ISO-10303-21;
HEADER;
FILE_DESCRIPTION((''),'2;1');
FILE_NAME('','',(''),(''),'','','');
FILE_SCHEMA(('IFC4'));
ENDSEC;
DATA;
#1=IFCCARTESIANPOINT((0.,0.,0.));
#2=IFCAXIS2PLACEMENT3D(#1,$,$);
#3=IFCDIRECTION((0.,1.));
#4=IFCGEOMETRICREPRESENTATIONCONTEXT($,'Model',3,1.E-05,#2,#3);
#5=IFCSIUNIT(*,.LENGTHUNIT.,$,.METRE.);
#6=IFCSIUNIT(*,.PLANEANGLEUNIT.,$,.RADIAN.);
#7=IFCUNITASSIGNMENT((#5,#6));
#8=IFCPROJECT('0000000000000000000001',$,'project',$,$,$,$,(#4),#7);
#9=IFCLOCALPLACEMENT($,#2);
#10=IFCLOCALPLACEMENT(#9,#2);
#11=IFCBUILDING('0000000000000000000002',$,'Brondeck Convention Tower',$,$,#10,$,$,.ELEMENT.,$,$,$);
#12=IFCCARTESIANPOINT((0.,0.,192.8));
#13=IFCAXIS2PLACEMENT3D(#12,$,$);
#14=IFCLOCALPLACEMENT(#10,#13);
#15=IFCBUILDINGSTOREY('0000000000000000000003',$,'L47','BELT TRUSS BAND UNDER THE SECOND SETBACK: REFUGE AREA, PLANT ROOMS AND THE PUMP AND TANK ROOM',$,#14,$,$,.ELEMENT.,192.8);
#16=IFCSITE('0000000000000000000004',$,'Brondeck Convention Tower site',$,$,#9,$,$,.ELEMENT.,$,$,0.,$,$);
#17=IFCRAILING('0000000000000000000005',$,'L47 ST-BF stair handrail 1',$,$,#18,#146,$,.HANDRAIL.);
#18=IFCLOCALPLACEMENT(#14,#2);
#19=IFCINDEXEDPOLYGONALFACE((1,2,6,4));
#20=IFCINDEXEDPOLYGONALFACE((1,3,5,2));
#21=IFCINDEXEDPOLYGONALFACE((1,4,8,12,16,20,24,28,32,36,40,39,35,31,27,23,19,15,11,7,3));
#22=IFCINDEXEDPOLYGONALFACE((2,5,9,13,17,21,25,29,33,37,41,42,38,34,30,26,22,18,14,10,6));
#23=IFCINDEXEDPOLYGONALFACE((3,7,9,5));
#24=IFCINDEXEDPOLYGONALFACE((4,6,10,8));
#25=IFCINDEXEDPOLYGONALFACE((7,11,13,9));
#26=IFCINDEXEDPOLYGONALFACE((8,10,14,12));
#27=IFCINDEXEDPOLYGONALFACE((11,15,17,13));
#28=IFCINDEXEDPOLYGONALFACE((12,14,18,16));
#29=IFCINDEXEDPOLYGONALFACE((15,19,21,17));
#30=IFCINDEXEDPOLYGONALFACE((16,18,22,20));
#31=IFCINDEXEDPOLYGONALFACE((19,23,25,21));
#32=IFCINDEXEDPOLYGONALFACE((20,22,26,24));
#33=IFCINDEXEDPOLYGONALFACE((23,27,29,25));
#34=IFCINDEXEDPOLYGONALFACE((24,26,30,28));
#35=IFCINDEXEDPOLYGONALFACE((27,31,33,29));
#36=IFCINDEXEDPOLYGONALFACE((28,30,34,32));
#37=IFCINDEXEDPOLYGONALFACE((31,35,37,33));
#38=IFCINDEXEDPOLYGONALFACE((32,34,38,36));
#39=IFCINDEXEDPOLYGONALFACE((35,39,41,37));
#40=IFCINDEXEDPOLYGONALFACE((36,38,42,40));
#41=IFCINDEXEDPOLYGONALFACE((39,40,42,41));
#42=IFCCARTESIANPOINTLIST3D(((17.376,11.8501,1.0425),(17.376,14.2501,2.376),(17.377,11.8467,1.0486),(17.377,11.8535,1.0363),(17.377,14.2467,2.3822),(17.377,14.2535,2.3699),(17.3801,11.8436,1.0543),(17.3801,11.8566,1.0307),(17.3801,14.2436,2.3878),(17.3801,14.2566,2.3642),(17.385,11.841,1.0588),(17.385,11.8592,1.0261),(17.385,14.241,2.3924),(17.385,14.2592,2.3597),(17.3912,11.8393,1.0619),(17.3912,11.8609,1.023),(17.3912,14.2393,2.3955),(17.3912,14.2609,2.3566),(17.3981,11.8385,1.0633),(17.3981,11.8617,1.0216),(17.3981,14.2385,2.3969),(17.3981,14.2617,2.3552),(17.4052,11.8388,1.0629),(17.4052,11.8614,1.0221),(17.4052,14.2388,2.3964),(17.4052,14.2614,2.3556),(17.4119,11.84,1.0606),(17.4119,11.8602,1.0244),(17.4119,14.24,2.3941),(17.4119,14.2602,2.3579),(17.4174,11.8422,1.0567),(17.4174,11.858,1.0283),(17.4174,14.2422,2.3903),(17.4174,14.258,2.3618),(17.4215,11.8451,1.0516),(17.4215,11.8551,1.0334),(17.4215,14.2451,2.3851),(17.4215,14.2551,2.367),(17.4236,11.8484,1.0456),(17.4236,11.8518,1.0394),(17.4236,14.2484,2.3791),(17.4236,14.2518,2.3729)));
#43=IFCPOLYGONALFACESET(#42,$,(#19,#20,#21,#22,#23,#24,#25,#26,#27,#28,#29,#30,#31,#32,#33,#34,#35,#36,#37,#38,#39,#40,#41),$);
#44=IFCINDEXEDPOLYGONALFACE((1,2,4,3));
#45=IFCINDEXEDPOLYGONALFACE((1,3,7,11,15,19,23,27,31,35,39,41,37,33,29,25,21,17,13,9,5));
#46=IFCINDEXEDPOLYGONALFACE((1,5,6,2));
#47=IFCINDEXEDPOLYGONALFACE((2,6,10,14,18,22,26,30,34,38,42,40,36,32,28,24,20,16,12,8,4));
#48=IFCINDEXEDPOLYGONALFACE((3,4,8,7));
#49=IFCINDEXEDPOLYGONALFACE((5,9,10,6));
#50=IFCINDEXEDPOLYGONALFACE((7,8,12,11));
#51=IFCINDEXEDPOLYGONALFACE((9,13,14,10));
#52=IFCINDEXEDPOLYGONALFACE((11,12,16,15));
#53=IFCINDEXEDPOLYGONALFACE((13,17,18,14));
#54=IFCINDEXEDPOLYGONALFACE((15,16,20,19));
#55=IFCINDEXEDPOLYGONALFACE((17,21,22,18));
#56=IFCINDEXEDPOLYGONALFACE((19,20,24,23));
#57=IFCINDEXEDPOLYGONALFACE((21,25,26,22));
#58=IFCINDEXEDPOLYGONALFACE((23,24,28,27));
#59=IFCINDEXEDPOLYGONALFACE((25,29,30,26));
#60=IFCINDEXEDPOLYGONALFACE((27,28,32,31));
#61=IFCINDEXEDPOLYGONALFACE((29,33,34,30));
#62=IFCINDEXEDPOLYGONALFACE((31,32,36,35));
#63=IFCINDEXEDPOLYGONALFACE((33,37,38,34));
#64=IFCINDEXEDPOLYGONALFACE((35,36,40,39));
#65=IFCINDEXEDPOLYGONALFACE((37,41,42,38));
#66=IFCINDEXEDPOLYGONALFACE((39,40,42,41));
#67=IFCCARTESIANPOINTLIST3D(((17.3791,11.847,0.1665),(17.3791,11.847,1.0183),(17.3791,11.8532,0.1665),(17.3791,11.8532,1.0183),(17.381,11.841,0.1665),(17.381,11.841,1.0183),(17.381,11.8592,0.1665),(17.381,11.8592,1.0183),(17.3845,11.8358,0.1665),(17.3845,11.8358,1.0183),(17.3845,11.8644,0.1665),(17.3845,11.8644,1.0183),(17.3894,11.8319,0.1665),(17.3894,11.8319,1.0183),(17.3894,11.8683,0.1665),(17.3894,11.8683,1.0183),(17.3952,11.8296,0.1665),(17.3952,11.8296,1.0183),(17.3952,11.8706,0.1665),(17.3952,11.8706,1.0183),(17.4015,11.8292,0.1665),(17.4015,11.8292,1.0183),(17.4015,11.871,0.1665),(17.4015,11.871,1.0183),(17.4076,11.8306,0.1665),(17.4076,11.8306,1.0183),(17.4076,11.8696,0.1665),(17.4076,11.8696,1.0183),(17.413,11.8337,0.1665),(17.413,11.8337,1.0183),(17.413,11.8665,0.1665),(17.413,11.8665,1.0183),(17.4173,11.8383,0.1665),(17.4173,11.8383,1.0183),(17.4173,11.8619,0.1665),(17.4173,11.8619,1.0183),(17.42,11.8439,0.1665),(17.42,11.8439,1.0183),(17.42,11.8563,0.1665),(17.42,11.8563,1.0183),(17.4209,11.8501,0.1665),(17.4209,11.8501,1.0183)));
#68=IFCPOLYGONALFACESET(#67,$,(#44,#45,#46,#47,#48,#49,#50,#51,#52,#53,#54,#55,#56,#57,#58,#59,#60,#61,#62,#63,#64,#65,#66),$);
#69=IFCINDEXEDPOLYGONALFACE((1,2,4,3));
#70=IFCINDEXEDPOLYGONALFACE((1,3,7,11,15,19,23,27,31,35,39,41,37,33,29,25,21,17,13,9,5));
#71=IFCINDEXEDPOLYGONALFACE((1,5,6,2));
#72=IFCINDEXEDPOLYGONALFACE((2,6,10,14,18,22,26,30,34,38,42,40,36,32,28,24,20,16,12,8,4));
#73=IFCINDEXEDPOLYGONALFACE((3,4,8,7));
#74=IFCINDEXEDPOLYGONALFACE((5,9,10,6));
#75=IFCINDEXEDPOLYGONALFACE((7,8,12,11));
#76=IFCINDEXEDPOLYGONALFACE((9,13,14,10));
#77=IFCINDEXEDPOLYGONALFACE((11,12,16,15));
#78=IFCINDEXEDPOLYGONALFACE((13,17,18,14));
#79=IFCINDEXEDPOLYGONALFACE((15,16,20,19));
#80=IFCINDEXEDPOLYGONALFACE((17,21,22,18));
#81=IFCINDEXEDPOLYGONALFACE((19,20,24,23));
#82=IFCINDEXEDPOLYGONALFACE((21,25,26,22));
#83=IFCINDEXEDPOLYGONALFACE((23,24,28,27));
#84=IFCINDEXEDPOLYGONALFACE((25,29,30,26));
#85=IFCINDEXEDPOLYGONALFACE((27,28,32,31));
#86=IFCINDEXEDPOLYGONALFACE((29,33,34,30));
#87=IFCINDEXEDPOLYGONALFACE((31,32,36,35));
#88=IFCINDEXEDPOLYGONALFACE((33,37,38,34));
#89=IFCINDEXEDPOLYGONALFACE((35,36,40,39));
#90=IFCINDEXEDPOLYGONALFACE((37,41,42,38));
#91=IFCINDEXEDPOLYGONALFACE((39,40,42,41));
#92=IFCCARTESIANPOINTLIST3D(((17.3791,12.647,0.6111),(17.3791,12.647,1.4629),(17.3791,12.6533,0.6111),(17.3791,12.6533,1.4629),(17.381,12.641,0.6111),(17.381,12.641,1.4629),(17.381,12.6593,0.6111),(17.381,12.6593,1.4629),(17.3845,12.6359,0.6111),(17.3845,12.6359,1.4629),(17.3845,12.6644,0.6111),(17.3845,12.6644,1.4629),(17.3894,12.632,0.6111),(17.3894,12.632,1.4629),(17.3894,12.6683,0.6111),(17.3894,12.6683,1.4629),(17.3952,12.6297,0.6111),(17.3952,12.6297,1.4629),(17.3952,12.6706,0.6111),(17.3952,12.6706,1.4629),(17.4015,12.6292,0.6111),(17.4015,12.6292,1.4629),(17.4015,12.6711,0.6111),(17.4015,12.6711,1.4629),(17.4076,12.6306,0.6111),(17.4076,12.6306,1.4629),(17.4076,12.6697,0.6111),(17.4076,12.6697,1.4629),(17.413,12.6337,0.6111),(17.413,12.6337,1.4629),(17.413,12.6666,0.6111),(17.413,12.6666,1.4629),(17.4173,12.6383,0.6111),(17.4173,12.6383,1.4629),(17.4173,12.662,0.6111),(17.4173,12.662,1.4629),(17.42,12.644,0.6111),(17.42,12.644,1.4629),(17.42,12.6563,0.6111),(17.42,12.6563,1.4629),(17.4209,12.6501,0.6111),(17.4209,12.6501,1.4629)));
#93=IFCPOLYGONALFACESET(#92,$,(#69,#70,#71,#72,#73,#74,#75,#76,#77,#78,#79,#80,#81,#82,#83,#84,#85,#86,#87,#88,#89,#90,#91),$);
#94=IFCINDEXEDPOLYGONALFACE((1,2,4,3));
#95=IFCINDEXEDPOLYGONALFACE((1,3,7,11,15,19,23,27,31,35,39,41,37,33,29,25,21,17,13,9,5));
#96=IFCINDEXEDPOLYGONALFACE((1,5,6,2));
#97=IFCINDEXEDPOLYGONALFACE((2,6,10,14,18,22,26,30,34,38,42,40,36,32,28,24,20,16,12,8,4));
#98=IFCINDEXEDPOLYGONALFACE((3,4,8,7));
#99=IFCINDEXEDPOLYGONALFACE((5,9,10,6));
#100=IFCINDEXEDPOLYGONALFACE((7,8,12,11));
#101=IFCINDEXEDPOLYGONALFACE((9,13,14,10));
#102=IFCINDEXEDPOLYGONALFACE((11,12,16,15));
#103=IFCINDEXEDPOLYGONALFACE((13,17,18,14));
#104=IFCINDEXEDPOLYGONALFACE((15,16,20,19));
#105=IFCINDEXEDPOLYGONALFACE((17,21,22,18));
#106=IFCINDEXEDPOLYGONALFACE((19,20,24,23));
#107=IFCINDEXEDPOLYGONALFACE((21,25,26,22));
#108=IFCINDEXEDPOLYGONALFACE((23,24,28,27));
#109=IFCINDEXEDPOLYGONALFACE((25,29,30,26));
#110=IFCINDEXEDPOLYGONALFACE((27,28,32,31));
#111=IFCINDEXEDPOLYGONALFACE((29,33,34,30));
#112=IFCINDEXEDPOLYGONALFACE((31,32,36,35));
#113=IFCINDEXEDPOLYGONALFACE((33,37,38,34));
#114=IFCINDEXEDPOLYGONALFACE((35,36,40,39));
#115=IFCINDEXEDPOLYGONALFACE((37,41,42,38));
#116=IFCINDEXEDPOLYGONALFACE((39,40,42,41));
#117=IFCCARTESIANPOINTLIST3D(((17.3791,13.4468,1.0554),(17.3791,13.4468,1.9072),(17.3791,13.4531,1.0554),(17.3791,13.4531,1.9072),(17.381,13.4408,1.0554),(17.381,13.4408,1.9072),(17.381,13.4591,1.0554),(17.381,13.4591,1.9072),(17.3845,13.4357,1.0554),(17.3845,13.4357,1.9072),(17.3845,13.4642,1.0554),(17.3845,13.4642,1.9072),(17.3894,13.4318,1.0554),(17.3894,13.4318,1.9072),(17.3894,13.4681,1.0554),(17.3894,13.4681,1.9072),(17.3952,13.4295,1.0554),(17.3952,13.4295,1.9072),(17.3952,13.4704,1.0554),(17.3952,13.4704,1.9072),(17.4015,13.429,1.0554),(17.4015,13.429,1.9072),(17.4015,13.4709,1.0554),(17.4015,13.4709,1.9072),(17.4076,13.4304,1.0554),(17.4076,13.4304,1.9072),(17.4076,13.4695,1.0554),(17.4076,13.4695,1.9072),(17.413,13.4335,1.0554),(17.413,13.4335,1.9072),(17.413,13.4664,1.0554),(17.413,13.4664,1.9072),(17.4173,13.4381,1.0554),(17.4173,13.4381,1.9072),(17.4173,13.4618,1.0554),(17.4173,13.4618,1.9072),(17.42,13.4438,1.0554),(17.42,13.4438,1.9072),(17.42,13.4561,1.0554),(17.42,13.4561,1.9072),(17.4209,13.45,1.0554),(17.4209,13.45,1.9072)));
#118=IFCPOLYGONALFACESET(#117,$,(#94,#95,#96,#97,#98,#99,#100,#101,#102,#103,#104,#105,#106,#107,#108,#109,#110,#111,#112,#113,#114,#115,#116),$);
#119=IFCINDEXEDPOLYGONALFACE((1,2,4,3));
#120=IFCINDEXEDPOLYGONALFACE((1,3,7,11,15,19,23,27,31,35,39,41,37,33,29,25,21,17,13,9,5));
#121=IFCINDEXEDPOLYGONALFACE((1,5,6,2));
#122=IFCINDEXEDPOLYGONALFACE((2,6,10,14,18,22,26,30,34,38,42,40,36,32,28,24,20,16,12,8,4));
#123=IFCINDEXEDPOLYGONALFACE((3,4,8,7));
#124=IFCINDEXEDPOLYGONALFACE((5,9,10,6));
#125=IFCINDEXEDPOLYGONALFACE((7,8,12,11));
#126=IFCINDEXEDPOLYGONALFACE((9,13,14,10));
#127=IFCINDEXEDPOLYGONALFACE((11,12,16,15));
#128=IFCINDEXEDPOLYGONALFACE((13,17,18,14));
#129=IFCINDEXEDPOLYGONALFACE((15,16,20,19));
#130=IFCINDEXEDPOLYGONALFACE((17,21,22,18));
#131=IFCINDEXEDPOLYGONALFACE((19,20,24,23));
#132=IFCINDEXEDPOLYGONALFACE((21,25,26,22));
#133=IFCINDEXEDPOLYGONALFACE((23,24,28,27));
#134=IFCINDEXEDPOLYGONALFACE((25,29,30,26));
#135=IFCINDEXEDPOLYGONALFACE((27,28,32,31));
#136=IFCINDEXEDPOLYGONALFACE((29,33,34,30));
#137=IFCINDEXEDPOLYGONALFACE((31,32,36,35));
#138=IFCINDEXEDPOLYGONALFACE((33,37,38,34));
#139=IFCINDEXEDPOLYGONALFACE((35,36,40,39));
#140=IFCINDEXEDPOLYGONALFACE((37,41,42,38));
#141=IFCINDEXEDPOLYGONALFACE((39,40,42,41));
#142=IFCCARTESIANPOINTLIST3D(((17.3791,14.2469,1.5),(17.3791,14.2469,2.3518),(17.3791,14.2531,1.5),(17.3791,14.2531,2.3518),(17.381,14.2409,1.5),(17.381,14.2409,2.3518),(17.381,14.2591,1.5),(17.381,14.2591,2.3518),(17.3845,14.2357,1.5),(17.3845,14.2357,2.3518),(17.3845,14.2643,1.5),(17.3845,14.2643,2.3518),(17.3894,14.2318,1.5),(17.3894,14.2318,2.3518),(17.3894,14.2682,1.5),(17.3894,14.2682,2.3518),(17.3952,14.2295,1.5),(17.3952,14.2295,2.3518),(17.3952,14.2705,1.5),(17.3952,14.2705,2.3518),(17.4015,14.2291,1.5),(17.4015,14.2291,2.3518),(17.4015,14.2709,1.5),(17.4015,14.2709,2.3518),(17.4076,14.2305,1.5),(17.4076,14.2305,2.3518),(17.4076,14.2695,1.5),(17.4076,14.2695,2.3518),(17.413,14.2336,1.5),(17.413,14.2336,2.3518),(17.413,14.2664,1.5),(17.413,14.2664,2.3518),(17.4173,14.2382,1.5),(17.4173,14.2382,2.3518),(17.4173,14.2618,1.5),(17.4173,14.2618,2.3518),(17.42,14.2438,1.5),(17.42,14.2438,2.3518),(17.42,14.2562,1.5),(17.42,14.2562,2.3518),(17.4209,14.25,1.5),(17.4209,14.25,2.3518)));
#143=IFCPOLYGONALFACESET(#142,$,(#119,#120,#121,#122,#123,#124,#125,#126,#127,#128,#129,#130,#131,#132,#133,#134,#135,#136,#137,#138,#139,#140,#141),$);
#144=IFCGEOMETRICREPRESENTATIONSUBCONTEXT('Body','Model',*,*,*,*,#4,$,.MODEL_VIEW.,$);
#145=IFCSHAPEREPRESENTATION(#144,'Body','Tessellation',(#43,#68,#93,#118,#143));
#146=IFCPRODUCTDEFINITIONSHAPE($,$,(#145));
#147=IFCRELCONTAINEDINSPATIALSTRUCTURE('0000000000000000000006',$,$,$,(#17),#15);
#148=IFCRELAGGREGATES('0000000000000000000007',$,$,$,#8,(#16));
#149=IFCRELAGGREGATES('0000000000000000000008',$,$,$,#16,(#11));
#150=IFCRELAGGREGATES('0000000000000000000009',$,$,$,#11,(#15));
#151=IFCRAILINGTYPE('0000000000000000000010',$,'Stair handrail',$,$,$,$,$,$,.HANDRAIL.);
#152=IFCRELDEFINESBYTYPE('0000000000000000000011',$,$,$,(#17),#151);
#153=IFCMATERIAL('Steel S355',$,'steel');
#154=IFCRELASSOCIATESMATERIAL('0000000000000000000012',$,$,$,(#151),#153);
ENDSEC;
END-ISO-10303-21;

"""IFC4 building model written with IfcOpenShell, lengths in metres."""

from ifc_helpers import new_model, si_unit, direction, frame, origin, origin_2d, place, context, subcontext, project, spatial, circle, extrude, material, type_object, element, save


model = new_model("IFC4")

# Units and contexts
model_context = context("Model", 3, precision=1e-05, world=origin(), true_north=direction((0.0, 1.0)))
body_context = subcontext(model_context, "Body", "Model", "MODEL_VIEW")
ifc_project = project(units=[si_unit("LENGTHUNIT", "METRE"), si_unit("PLANEANGLEUNIT", "RADIAN")], contexts=[model_context])

# Site, building, storey
site_placement = place(None, origin())
site = spatial("IfcSite", under=ifc_project, at=site_placement, Name="Brondeck Convention Tower site", CompositionType="ELEMENT", RefElevation=0.0)
building_placement = place(site_placement, origin())
building = spatial("IfcBuilding", under=site, at=building_placement, Name="Brondeck Convention Tower", CompositionType="ELEMENT")
storey_placement = place(building_placement, frame((0.0, 0.0, 192.8)))
storey = spatial("IfcBuildingStorey", under=building, at=storey_placement, Name="L47", Description="BELT TRUSS BAND UNDER THE SECOND SETBACK: REFUGE AREA, PLANT ROOMS AND THE PUMP AND TANK ROOM", CompositionType="ELEMENT", Elevation=192.8)

# Shared definitions
ifc_material_1 = material(Name="Steel S355", Category="steel")

# Railing
railing_type_1 = type_object("IfcRailingType", Name="Stair handrail", PredefinedType="HANDRAIL", material=ifc_material_1)
railing_1_placement = place(storey_placement, frame((17.3999, 11.8501, 0.1665)))
element("IfcRailing", 1, at=railing_1_placement, inside=storey, type_object=railing_type_1, Name="L47 ST-BF stair handrail 1", PredefinedType="HANDRAIL", context=body_context, shape_type="SweptSolid", body=[
    extrude(circle(Radius=0.0239, at=origin_2d()), frame((0.0, 0.0, 0.876), z_axis=(0.0, 0.874124, 0.485703), x_axis=(-1.0, 0.0, 0.0)), (0.0, 0.0, 1.0), 2.7456),
    extrude(circle(Radius=0.021, at=origin_2d()), origin(), (0.0, 0.0, 1.0), 0.8518),
    extrude(circle(Radius=0.021, at=origin_2d()), frame((0.0, 0.8, 0.4446)), (0.0, 0.0, 1.0), 0.8518),
    extrude(circle(Radius=0.021, at=origin_2d()), frame((0.0, 1.5999, 0.8889)), (0.0, 0.0, 1.0), 0.8518),
    extrude(circle(Radius=0.021, at=origin_2d()), frame((0.0, 2.3999, 1.3335)), (0.0, 0.0, 1.0), 0.8518),
])

save(model, "model.ifc")
